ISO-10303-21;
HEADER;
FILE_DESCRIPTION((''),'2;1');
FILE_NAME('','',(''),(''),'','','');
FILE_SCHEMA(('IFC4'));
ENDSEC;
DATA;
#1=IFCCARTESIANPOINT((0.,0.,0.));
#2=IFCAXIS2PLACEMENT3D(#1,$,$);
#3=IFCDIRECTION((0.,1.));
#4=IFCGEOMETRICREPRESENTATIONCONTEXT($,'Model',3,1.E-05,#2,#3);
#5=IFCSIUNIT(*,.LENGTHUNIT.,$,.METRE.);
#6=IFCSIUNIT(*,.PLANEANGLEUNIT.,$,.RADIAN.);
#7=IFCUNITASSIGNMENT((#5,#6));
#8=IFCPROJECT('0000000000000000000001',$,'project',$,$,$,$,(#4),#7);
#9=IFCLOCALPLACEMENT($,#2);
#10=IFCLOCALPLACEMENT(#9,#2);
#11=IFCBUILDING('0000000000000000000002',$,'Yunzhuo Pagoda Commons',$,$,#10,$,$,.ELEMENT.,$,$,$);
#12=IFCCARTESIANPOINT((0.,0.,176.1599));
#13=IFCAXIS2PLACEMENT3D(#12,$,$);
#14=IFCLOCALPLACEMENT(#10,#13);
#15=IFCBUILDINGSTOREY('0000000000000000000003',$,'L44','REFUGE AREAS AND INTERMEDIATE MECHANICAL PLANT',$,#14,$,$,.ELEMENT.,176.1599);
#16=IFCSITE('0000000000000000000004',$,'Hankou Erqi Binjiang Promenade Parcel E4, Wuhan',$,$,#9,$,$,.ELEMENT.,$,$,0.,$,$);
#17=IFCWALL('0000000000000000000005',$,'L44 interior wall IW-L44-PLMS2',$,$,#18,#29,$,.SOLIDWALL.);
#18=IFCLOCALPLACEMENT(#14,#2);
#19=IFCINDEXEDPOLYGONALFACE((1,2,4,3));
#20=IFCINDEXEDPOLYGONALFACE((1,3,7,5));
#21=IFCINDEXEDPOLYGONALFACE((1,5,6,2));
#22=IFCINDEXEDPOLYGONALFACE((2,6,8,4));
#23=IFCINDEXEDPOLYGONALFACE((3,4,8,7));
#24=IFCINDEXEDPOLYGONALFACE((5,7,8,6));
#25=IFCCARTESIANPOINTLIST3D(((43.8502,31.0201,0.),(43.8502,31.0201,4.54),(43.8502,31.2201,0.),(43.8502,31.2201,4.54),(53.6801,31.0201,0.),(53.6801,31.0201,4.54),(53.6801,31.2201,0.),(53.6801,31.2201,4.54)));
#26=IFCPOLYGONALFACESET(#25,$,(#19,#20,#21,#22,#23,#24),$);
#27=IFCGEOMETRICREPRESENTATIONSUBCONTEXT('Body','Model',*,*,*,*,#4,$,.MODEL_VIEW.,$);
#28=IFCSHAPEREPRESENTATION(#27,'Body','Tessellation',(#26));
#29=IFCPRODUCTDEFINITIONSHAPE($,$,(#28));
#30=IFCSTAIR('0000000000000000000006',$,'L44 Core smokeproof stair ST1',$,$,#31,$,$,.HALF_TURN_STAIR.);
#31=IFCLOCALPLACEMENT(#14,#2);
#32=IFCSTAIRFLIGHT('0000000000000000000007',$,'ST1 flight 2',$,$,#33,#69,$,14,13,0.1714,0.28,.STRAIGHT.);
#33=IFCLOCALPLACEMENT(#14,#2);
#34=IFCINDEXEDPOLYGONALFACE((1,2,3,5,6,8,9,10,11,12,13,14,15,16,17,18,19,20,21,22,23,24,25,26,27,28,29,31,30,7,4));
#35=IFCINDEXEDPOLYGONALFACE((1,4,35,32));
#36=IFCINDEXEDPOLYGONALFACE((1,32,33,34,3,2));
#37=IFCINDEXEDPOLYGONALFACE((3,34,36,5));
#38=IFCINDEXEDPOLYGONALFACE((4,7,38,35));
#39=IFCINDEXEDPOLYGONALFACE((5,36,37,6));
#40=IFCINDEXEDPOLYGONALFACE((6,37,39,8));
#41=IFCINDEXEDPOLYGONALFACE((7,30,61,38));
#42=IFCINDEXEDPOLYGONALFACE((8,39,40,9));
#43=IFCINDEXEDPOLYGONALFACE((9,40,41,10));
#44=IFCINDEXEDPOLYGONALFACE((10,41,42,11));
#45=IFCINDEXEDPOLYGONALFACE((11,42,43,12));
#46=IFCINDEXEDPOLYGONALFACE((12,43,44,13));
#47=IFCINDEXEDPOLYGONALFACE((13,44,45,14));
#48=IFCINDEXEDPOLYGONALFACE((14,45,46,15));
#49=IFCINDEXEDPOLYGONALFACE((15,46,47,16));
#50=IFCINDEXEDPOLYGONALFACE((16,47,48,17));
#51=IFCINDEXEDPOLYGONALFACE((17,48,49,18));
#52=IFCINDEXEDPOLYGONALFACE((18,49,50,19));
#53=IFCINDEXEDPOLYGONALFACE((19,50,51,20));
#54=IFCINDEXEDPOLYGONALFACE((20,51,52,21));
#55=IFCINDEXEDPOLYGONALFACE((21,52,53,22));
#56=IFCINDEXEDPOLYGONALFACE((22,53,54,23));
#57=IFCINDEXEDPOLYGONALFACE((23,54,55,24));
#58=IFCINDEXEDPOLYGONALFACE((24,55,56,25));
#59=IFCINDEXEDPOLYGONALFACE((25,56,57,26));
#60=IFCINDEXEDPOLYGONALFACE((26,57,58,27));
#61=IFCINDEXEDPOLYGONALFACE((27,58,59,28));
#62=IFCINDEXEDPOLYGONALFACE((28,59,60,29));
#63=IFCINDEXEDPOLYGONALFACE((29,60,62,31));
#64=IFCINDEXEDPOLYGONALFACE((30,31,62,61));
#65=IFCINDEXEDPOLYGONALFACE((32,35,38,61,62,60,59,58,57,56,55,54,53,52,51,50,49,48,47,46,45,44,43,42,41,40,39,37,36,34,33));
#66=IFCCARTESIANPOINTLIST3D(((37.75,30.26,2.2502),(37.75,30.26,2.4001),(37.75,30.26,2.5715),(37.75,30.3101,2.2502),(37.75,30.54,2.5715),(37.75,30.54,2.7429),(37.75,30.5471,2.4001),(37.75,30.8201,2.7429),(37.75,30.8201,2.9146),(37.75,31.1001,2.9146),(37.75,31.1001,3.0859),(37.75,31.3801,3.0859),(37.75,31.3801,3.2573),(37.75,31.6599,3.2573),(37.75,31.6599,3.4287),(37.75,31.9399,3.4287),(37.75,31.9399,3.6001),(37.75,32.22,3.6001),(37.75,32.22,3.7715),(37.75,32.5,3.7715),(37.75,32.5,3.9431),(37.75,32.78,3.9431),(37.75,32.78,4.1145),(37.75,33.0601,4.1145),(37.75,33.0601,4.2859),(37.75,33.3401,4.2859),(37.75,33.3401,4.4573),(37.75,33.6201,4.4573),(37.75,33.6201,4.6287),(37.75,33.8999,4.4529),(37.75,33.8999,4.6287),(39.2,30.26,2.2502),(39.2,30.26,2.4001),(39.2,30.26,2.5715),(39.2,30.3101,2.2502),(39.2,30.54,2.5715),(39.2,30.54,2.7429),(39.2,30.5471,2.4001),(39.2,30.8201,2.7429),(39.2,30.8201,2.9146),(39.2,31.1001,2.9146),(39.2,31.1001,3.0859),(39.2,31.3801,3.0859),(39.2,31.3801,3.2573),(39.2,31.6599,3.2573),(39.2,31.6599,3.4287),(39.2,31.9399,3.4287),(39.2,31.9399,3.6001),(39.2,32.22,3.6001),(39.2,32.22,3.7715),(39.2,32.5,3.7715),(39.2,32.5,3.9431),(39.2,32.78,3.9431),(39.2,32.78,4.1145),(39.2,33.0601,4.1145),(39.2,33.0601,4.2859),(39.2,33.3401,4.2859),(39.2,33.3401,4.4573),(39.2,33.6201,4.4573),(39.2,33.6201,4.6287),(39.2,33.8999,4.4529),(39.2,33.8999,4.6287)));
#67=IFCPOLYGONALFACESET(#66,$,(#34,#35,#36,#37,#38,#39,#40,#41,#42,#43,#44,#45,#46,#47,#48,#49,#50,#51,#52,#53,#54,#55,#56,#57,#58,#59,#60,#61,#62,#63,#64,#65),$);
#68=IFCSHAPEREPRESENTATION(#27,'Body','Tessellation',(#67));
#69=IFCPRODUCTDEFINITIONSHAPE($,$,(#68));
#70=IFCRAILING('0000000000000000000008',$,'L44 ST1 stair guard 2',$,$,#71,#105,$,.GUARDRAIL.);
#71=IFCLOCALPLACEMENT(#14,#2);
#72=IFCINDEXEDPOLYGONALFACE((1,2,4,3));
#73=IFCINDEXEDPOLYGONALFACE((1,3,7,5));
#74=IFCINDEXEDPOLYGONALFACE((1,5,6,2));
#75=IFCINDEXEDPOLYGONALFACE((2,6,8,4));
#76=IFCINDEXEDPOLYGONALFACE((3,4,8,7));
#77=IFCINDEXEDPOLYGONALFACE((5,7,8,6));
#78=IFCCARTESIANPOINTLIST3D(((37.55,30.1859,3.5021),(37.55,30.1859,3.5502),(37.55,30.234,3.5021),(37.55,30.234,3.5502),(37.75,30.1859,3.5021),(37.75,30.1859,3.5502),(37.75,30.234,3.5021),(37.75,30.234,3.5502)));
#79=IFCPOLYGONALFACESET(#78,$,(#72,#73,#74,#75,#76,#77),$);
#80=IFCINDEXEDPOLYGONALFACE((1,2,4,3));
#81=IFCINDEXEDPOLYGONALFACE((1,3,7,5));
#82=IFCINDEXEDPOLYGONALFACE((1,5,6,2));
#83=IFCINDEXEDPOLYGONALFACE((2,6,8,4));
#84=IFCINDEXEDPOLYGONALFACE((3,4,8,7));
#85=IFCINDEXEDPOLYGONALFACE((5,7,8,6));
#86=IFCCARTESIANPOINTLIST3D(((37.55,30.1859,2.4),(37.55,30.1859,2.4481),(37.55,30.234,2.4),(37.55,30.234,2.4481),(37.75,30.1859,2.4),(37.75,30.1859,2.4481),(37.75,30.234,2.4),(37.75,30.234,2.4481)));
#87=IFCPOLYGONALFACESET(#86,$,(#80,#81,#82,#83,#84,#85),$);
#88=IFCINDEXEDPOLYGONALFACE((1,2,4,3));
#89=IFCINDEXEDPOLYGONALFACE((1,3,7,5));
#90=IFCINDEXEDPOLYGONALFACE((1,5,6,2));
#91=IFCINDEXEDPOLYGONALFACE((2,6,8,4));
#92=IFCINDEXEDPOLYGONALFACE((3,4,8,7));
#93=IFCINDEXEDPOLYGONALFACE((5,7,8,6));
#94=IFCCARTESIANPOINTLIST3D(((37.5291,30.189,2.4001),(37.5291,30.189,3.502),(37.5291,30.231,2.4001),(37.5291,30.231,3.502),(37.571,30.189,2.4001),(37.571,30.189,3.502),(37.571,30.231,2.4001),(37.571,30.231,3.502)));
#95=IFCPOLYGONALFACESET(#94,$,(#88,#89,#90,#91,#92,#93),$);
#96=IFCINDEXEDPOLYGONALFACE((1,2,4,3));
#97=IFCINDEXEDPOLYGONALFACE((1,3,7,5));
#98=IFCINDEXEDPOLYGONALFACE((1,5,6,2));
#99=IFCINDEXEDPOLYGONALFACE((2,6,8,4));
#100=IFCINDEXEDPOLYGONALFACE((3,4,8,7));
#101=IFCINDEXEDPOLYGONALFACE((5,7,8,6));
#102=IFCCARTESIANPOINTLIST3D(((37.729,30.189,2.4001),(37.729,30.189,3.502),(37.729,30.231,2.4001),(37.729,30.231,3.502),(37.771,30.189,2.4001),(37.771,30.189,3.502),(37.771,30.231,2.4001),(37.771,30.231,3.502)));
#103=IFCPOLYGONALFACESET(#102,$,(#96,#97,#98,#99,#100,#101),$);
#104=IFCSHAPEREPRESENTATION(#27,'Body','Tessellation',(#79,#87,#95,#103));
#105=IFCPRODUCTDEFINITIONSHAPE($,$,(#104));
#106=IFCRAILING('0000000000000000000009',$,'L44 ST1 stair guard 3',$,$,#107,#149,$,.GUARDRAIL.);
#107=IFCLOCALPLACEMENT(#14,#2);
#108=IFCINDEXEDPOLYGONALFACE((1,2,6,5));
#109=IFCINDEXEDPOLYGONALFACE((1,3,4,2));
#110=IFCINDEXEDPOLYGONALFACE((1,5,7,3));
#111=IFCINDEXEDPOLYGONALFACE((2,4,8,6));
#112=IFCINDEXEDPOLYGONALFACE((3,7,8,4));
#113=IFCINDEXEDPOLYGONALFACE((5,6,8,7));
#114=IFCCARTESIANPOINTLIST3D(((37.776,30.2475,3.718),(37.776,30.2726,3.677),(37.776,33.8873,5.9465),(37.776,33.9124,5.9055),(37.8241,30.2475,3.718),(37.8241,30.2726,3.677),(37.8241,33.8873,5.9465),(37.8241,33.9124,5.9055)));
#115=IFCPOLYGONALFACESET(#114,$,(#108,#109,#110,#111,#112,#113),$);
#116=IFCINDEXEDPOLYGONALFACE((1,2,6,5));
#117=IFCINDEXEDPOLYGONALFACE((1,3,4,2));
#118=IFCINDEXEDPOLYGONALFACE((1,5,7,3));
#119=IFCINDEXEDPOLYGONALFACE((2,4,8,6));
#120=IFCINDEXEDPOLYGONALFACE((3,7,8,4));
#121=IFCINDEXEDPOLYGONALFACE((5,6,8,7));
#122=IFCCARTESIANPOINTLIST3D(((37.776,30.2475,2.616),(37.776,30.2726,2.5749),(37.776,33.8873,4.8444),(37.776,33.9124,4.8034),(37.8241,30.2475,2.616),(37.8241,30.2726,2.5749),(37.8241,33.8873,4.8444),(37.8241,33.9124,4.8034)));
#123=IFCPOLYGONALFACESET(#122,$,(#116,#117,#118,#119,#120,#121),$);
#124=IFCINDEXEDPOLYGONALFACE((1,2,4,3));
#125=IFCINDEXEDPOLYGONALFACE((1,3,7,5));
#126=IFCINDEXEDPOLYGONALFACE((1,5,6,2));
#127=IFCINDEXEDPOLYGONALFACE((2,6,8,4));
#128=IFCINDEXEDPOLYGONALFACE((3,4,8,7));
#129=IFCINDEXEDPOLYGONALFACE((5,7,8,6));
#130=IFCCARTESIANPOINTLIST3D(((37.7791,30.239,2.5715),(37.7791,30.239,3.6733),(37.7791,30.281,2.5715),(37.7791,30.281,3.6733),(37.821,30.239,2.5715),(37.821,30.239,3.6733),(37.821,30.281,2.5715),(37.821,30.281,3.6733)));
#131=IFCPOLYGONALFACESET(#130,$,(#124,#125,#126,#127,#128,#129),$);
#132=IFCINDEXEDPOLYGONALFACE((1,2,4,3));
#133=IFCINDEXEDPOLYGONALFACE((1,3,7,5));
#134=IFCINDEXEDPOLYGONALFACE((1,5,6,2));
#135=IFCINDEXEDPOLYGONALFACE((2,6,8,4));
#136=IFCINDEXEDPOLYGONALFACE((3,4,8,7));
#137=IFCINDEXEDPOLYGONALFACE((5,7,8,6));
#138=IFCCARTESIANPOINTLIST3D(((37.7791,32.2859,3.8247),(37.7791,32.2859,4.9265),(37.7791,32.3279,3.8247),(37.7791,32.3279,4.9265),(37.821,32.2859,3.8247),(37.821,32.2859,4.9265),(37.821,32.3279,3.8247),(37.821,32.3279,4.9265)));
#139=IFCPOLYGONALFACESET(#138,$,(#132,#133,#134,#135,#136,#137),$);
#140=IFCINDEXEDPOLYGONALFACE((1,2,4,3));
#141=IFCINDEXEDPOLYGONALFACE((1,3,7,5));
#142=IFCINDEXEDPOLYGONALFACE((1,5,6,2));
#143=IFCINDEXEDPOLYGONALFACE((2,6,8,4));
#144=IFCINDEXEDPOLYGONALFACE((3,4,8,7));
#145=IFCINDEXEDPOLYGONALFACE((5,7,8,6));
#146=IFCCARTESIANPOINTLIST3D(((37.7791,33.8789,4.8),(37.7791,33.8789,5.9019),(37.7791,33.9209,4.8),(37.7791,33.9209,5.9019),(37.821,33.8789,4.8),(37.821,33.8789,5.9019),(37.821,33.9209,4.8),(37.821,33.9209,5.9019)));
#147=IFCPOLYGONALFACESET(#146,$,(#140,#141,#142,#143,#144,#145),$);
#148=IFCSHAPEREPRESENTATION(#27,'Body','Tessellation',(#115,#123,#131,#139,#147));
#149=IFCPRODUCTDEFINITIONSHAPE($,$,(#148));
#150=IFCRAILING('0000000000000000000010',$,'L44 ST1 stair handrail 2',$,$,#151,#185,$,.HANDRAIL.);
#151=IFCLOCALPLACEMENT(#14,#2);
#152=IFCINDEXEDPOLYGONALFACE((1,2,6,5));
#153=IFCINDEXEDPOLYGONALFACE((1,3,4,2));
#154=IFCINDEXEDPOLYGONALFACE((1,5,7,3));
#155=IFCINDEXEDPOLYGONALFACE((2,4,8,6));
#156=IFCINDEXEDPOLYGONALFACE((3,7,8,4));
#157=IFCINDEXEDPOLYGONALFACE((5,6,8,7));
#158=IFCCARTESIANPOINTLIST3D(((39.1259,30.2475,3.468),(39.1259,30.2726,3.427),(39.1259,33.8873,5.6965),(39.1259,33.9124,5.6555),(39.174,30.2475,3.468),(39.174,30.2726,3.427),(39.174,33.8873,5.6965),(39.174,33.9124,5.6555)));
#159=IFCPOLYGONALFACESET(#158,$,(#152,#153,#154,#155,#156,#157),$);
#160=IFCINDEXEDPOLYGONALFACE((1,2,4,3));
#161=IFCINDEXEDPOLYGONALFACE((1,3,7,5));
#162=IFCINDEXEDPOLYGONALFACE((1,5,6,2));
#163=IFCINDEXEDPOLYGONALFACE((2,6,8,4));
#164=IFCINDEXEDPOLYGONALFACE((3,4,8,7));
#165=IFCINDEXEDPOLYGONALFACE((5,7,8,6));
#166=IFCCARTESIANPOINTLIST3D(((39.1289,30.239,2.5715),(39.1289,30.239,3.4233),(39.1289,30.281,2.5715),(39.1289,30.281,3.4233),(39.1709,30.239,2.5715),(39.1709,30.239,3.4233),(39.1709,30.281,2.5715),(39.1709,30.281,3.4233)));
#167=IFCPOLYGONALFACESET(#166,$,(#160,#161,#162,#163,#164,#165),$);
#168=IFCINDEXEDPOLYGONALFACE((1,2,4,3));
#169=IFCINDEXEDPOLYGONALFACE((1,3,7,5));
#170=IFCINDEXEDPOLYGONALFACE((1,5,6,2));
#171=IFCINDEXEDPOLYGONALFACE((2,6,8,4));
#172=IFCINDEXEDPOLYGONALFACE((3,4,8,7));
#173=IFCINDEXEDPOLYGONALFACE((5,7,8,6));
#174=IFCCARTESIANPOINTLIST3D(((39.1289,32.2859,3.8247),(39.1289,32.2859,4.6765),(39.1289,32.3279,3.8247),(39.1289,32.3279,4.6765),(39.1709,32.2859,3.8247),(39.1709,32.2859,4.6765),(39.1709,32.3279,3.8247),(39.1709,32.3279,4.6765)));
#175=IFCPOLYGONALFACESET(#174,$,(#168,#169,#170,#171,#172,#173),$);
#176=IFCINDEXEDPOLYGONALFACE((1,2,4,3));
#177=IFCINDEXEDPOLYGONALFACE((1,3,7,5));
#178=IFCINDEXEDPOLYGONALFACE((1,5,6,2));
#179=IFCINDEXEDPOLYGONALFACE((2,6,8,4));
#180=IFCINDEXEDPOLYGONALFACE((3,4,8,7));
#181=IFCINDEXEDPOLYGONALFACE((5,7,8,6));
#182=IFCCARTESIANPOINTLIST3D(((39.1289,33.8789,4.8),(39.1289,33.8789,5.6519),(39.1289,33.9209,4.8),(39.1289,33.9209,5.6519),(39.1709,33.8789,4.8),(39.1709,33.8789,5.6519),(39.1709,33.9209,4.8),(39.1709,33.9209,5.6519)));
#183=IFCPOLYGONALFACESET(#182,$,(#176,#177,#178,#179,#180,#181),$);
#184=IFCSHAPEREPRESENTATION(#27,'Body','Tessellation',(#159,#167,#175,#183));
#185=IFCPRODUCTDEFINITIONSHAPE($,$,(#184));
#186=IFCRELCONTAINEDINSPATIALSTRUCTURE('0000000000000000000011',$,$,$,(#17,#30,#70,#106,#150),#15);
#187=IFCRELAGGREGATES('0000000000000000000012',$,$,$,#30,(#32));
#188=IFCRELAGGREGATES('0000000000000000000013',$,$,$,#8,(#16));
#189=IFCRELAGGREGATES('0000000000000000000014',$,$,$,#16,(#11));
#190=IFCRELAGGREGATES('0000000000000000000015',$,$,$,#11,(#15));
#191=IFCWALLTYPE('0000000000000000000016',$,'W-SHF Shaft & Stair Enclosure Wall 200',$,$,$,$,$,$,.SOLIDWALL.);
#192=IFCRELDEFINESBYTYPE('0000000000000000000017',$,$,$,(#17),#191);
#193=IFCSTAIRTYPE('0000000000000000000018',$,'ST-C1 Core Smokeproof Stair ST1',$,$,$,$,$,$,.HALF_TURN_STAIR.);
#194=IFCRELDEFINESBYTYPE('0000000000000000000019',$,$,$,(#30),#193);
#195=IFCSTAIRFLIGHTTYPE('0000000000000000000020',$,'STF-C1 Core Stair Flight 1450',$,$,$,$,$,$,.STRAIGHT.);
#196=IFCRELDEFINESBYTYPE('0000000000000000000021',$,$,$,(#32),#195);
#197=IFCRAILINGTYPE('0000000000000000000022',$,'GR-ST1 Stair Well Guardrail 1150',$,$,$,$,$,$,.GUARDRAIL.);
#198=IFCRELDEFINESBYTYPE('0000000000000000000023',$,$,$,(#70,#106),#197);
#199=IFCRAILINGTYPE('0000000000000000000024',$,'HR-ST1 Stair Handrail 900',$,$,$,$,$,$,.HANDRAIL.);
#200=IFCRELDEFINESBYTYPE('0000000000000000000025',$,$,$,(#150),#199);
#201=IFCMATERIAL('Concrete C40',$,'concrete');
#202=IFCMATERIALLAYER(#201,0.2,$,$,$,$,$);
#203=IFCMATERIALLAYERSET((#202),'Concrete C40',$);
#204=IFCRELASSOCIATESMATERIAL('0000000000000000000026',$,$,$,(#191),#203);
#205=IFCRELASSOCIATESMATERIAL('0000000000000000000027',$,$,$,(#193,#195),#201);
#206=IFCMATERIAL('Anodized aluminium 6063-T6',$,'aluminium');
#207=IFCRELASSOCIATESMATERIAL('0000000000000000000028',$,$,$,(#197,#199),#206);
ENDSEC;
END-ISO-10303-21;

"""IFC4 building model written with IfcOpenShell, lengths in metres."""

from ifc_helpers import new_model, si_unit, direction, frame, frame_2d, origin, origin_2d, place, context, subcontext, project, spatial, polyline, rectangle, outline, extrude, source, transform, mapped, material, layer, layer_set, type_object, element, aggregate, save


model = new_model("IFC4")

# Units and contexts
model_context = context("Model", 3, precision=1e-05, world=origin(), true_north=direction((0.0, 1.0)))
body_context = subcontext(model_context, "Body", "Model", "MODEL_VIEW")
ifc_project = project(units=[si_unit("LENGTHUNIT", "METRE"), si_unit("PLANEANGLEUNIT", "RADIAN")], contexts=[model_context])

# Site, building, storey
site_placement = place(None, origin())
site = spatial("IfcSite", under=ifc_project, at=site_placement, Name="Hankou Erqi Binjiang Promenade Parcel E4, Wuhan", CompositionType="ELEMENT", RefElevation=0.0)
building_placement = place(site_placement, origin())
building = spatial("IfcBuilding", under=site, at=building_placement, Name="Yunzhuo Pagoda Commons", CompositionType="ELEMENT")
storey_placement = place(building_placement, frame((0.0, 0.0, 176.1599)))
storey = spatial("IfcBuildingStorey", under=building, at=storey_placement, Name="L44", Description="REFUGE AREAS AND INTERMEDIATE MECHANICAL PLANT", CompositionType="ELEMENT", Elevation=176.1599)

# Shared definitions
ifc_material_1 = material(Name="Concrete C40", Category="concrete")
ifc_layer_1 = layer(ifc_material_1, 0.2)
ifc_layer_set_1 = layer_set([ifc_layer_1], Name="Concrete C40")
wall_type_1 = type_object("IfcWallType", Name="W-SHF Shaft & Stair Enclosure Wall 200", PredefinedType="SOLIDWALL", material=ifc_layer_set_1)

# Wall
wall_1_placement = place(storey_placement, frame((43.8501, 31.1201, 0.0), z_axis=(0.0, 0.0, 1.0), x_axis=(1.0, 0.0, 0.0)))
element("IfcWall", 1, at=wall_1_placement, inside=storey, type_object=wall_type_1, Name="L44 interior wall IW-L44-PLMS2", PredefinedType="SOLIDWALL", context=body_context, shape_type="SweptSolid", body=[
    extrude(rectangle(XDim=9.8298, YDim=0.2, at=frame_2d((4.915, 0.0))), origin(), (0.0, 0.0, 1.0), 4.54),
])

# Stair, stair flight
stair_type = type_object("IfcStairType", Name="ST-C1 Core Smokeproof Stair ST1", PredefinedType="HALF_TURN_STAIR", material=ifc_material_1)
stair_placement = place(storey_placement, origin())
stair = element("IfcStair", 2, at=stair_placement, inside=storey, type_object=stair_type, Name="L44 Core smokeproof stair ST1", PredefinedType="HALF_TURN_STAIR")
stair_flight_type = type_object("IfcStairFlightType", Name="STF-C1 Core Stair Flight 1450", PredefinedType="STRAIGHT", material=ifc_material_1)
shared_shape_1 = source(origin(), body_context, "Body", "SweptSolid", [
    extrude(outline(polyline([(0.0, -0.1499), (0.0, 0.0), (0.0, 0.1714), (0.28, 0.1714), (0.28, 0.3428), (0.5601, 0.3428), (0.5601, 0.5144), (0.8401, 0.5144), (0.8401, 0.6858), (1.1201, 0.6858), (1.1201, 0.8572), (1.3999, 0.8572), (1.3999, 1.0286), (1.6799, 1.0286), (1.6799, 1.2), (1.96, 1.2), (1.96, 1.3713), (2.24, 1.3713), (2.24, 1.543), (2.52, 1.543), (2.52, 1.7144), (2.8, 1.7144), (2.8, 1.8857), (3.0801, 1.8857), (3.0801, 2.0571), (3.3601, 2.0571), (3.3601, 2.2285), (3.6399, 2.2285), (3.6399, 2.3999), (3.6399, 2.0527), (0.2871, 0.0), (0.05, -0.1499), (0.0, -0.1499)])), frame((0.0, 0.7251, 0.0), z_axis=(0.0, -1.0, 0.0), x_axis=(1.0, 0.0, 0.0)), (0.0, 0.0, 1.0), 1.45),
])
stair_flight_placement = place(storey_placement, frame((38.4751, 30.26, 2.4001), z_axis=(0.0, 0.0, 1.0), x_axis=(0.0, 1.0, 0.0)))
stair_flight = element("IfcStairFlight", 3, at=stair_flight_placement, type_object=stair_flight_type, Name="ST1 flight 2", NumberOfRisers=14, NumberOfTreads=13, PredefinedType="STRAIGHT", RiserHeight=0.1714, TreadLength=0.28, context=body_context, shape_type="MappedRepresentation", body=[
    mapped(shared_shape_1, transform((0.0, 0.0, 0.0), scale=1.0)),
])
aggregate(stair, [stair_flight])

# Railings
ifc_material_2 = material(Name="Anodized aluminium 6063-T6", Category="aluminium")
railing_type_1 = type_object("IfcRailingType", Name="GR-ST1 Stair Well Guardrail 1150", PredefinedType="GUARDRAIL", material=ifc_material_2)
railing_1_placement = place(storey_placement, frame((37.55, 30.21, 2.4001)))
element("IfcRailing", 4, at=railing_1_placement, inside=storey, type_object=railing_type_1, Name="L44 ST1 stair guard 2", PredefinedType="GUARDRAIL", context=body_context, shape_type="SweptSolid", body=[
    extrude(rectangle(XDim=0.0481, YDim=0.0481, at=origin_2d()), frame((0.0, 0.0, 1.126), z_axis=(1.0, 0.0, 0.0), x_axis=(0.0, 1.0, 0.0)), (0.0, 0.0, 1.0), 0.2),
    extrude(rectangle(XDim=0.0481, YDim=0.0481, at=origin_2d()), frame((0.0, 0.0, 0.0239), z_axis=(1.0, 0.0, 0.0), x_axis=(0.0, 1.0, 0.0)), (0.0, 0.0, 1.0), 0.2),
    extrude(rectangle(XDim=0.042, YDim=0.042, at=origin_2d()), origin(), (0.0, 0.0, 1.0), 1.1018),
    extrude(rectangle(XDim=0.042, YDim=0.042, at=origin_2d()), frame((0.2, 0.0, 0.0)), (0.0, 0.0, 1.0), 1.1018),
])
railing_2_placement = place(storey_placement, frame((37.8, 30.26, 2.5715)))
element("IfcRailing", 5, at=railing_2_placement, inside=storey, type_object=railing_type_1, Name="L44 ST1 stair guard 3", PredefinedType="GUARDRAIL", context=body_context, shape_type="SweptSolid", body=[
    extrude(rectangle(XDim=0.0481, YDim=0.0481, at=origin_2d()), frame((0.0, 0.0, 1.126), z_axis=(0.0, 0.85285, 0.522156), x_axis=(-1.0, 0.0, 0.0)), (0.0, 0.0, 1.0), 4.2678),
    extrude(rectangle(XDim=0.0481, YDim=0.0481, at=origin_2d()), frame((0.0, 0.0, 0.0239), z_axis=(0.0, 0.85285, 0.522156), x_axis=(-1.0, 0.0, 0.0)), (0.0, 0.0, 1.0), 4.2678),
    extrude(rectangle(XDim=0.042, YDim=0.042, at=origin_2d()), origin(), (0.0, 0.0, 1.0), 1.1018),
    extrude(rectangle(XDim=0.042, YDim=0.042, at=origin_2d()), frame((0.0, 2.0469, 1.2532)), (0.0, 0.0, 1.0), 1.1018),
    extrude(rectangle(XDim=0.042, YDim=0.042, at=origin_2d()), frame((0.0, 3.6399, 2.2285)), (0.0, 0.0, 1.0), 1.1018),
])
railing_type_2 = type_object("IfcRailingType", Name="HR-ST1 Stair Handrail 900", PredefinedType="HANDRAIL", material=ifc_material_2)
railing_3_placement = place(storey_placement, frame((39.1499, 30.26, 2.5715)))
element("IfcRailing", 6, at=railing_3_placement, inside=storey, type_object=railing_type_2, Name="L44 ST1 stair handrail 2", PredefinedType="HANDRAIL", context=body_context, shape_type="SweptSolid", body=[
    extrude(rectangle(XDim=0.0481, YDim=0.0481, at=origin_2d()), frame((0.0, 0.0, 0.876), z_axis=(0.0, 0.85285, 0.522156), x_axis=(-1.0, 0.0, 0.0)), (0.0, 0.0, 1.0), 4.2678),
    extrude(rectangle(XDim=0.042, YDim=0.042, at=origin_2d()), origin(), (0.0, 0.0, 1.0), 0.8518),
    extrude(rectangle(XDim=0.042, YDim=0.042, at=origin_2d()), frame((0.0, 2.0469, 1.2532)), (0.0, 0.0, 1.0), 0.8518),
    extrude(rectangle(XDim=0.042, YDim=0.042, at=origin_2d()), frame((0.0, 3.6399, 2.2285)), (0.0, 0.0, 1.0), 0.8518),
])

save(model, "model.ifc")
